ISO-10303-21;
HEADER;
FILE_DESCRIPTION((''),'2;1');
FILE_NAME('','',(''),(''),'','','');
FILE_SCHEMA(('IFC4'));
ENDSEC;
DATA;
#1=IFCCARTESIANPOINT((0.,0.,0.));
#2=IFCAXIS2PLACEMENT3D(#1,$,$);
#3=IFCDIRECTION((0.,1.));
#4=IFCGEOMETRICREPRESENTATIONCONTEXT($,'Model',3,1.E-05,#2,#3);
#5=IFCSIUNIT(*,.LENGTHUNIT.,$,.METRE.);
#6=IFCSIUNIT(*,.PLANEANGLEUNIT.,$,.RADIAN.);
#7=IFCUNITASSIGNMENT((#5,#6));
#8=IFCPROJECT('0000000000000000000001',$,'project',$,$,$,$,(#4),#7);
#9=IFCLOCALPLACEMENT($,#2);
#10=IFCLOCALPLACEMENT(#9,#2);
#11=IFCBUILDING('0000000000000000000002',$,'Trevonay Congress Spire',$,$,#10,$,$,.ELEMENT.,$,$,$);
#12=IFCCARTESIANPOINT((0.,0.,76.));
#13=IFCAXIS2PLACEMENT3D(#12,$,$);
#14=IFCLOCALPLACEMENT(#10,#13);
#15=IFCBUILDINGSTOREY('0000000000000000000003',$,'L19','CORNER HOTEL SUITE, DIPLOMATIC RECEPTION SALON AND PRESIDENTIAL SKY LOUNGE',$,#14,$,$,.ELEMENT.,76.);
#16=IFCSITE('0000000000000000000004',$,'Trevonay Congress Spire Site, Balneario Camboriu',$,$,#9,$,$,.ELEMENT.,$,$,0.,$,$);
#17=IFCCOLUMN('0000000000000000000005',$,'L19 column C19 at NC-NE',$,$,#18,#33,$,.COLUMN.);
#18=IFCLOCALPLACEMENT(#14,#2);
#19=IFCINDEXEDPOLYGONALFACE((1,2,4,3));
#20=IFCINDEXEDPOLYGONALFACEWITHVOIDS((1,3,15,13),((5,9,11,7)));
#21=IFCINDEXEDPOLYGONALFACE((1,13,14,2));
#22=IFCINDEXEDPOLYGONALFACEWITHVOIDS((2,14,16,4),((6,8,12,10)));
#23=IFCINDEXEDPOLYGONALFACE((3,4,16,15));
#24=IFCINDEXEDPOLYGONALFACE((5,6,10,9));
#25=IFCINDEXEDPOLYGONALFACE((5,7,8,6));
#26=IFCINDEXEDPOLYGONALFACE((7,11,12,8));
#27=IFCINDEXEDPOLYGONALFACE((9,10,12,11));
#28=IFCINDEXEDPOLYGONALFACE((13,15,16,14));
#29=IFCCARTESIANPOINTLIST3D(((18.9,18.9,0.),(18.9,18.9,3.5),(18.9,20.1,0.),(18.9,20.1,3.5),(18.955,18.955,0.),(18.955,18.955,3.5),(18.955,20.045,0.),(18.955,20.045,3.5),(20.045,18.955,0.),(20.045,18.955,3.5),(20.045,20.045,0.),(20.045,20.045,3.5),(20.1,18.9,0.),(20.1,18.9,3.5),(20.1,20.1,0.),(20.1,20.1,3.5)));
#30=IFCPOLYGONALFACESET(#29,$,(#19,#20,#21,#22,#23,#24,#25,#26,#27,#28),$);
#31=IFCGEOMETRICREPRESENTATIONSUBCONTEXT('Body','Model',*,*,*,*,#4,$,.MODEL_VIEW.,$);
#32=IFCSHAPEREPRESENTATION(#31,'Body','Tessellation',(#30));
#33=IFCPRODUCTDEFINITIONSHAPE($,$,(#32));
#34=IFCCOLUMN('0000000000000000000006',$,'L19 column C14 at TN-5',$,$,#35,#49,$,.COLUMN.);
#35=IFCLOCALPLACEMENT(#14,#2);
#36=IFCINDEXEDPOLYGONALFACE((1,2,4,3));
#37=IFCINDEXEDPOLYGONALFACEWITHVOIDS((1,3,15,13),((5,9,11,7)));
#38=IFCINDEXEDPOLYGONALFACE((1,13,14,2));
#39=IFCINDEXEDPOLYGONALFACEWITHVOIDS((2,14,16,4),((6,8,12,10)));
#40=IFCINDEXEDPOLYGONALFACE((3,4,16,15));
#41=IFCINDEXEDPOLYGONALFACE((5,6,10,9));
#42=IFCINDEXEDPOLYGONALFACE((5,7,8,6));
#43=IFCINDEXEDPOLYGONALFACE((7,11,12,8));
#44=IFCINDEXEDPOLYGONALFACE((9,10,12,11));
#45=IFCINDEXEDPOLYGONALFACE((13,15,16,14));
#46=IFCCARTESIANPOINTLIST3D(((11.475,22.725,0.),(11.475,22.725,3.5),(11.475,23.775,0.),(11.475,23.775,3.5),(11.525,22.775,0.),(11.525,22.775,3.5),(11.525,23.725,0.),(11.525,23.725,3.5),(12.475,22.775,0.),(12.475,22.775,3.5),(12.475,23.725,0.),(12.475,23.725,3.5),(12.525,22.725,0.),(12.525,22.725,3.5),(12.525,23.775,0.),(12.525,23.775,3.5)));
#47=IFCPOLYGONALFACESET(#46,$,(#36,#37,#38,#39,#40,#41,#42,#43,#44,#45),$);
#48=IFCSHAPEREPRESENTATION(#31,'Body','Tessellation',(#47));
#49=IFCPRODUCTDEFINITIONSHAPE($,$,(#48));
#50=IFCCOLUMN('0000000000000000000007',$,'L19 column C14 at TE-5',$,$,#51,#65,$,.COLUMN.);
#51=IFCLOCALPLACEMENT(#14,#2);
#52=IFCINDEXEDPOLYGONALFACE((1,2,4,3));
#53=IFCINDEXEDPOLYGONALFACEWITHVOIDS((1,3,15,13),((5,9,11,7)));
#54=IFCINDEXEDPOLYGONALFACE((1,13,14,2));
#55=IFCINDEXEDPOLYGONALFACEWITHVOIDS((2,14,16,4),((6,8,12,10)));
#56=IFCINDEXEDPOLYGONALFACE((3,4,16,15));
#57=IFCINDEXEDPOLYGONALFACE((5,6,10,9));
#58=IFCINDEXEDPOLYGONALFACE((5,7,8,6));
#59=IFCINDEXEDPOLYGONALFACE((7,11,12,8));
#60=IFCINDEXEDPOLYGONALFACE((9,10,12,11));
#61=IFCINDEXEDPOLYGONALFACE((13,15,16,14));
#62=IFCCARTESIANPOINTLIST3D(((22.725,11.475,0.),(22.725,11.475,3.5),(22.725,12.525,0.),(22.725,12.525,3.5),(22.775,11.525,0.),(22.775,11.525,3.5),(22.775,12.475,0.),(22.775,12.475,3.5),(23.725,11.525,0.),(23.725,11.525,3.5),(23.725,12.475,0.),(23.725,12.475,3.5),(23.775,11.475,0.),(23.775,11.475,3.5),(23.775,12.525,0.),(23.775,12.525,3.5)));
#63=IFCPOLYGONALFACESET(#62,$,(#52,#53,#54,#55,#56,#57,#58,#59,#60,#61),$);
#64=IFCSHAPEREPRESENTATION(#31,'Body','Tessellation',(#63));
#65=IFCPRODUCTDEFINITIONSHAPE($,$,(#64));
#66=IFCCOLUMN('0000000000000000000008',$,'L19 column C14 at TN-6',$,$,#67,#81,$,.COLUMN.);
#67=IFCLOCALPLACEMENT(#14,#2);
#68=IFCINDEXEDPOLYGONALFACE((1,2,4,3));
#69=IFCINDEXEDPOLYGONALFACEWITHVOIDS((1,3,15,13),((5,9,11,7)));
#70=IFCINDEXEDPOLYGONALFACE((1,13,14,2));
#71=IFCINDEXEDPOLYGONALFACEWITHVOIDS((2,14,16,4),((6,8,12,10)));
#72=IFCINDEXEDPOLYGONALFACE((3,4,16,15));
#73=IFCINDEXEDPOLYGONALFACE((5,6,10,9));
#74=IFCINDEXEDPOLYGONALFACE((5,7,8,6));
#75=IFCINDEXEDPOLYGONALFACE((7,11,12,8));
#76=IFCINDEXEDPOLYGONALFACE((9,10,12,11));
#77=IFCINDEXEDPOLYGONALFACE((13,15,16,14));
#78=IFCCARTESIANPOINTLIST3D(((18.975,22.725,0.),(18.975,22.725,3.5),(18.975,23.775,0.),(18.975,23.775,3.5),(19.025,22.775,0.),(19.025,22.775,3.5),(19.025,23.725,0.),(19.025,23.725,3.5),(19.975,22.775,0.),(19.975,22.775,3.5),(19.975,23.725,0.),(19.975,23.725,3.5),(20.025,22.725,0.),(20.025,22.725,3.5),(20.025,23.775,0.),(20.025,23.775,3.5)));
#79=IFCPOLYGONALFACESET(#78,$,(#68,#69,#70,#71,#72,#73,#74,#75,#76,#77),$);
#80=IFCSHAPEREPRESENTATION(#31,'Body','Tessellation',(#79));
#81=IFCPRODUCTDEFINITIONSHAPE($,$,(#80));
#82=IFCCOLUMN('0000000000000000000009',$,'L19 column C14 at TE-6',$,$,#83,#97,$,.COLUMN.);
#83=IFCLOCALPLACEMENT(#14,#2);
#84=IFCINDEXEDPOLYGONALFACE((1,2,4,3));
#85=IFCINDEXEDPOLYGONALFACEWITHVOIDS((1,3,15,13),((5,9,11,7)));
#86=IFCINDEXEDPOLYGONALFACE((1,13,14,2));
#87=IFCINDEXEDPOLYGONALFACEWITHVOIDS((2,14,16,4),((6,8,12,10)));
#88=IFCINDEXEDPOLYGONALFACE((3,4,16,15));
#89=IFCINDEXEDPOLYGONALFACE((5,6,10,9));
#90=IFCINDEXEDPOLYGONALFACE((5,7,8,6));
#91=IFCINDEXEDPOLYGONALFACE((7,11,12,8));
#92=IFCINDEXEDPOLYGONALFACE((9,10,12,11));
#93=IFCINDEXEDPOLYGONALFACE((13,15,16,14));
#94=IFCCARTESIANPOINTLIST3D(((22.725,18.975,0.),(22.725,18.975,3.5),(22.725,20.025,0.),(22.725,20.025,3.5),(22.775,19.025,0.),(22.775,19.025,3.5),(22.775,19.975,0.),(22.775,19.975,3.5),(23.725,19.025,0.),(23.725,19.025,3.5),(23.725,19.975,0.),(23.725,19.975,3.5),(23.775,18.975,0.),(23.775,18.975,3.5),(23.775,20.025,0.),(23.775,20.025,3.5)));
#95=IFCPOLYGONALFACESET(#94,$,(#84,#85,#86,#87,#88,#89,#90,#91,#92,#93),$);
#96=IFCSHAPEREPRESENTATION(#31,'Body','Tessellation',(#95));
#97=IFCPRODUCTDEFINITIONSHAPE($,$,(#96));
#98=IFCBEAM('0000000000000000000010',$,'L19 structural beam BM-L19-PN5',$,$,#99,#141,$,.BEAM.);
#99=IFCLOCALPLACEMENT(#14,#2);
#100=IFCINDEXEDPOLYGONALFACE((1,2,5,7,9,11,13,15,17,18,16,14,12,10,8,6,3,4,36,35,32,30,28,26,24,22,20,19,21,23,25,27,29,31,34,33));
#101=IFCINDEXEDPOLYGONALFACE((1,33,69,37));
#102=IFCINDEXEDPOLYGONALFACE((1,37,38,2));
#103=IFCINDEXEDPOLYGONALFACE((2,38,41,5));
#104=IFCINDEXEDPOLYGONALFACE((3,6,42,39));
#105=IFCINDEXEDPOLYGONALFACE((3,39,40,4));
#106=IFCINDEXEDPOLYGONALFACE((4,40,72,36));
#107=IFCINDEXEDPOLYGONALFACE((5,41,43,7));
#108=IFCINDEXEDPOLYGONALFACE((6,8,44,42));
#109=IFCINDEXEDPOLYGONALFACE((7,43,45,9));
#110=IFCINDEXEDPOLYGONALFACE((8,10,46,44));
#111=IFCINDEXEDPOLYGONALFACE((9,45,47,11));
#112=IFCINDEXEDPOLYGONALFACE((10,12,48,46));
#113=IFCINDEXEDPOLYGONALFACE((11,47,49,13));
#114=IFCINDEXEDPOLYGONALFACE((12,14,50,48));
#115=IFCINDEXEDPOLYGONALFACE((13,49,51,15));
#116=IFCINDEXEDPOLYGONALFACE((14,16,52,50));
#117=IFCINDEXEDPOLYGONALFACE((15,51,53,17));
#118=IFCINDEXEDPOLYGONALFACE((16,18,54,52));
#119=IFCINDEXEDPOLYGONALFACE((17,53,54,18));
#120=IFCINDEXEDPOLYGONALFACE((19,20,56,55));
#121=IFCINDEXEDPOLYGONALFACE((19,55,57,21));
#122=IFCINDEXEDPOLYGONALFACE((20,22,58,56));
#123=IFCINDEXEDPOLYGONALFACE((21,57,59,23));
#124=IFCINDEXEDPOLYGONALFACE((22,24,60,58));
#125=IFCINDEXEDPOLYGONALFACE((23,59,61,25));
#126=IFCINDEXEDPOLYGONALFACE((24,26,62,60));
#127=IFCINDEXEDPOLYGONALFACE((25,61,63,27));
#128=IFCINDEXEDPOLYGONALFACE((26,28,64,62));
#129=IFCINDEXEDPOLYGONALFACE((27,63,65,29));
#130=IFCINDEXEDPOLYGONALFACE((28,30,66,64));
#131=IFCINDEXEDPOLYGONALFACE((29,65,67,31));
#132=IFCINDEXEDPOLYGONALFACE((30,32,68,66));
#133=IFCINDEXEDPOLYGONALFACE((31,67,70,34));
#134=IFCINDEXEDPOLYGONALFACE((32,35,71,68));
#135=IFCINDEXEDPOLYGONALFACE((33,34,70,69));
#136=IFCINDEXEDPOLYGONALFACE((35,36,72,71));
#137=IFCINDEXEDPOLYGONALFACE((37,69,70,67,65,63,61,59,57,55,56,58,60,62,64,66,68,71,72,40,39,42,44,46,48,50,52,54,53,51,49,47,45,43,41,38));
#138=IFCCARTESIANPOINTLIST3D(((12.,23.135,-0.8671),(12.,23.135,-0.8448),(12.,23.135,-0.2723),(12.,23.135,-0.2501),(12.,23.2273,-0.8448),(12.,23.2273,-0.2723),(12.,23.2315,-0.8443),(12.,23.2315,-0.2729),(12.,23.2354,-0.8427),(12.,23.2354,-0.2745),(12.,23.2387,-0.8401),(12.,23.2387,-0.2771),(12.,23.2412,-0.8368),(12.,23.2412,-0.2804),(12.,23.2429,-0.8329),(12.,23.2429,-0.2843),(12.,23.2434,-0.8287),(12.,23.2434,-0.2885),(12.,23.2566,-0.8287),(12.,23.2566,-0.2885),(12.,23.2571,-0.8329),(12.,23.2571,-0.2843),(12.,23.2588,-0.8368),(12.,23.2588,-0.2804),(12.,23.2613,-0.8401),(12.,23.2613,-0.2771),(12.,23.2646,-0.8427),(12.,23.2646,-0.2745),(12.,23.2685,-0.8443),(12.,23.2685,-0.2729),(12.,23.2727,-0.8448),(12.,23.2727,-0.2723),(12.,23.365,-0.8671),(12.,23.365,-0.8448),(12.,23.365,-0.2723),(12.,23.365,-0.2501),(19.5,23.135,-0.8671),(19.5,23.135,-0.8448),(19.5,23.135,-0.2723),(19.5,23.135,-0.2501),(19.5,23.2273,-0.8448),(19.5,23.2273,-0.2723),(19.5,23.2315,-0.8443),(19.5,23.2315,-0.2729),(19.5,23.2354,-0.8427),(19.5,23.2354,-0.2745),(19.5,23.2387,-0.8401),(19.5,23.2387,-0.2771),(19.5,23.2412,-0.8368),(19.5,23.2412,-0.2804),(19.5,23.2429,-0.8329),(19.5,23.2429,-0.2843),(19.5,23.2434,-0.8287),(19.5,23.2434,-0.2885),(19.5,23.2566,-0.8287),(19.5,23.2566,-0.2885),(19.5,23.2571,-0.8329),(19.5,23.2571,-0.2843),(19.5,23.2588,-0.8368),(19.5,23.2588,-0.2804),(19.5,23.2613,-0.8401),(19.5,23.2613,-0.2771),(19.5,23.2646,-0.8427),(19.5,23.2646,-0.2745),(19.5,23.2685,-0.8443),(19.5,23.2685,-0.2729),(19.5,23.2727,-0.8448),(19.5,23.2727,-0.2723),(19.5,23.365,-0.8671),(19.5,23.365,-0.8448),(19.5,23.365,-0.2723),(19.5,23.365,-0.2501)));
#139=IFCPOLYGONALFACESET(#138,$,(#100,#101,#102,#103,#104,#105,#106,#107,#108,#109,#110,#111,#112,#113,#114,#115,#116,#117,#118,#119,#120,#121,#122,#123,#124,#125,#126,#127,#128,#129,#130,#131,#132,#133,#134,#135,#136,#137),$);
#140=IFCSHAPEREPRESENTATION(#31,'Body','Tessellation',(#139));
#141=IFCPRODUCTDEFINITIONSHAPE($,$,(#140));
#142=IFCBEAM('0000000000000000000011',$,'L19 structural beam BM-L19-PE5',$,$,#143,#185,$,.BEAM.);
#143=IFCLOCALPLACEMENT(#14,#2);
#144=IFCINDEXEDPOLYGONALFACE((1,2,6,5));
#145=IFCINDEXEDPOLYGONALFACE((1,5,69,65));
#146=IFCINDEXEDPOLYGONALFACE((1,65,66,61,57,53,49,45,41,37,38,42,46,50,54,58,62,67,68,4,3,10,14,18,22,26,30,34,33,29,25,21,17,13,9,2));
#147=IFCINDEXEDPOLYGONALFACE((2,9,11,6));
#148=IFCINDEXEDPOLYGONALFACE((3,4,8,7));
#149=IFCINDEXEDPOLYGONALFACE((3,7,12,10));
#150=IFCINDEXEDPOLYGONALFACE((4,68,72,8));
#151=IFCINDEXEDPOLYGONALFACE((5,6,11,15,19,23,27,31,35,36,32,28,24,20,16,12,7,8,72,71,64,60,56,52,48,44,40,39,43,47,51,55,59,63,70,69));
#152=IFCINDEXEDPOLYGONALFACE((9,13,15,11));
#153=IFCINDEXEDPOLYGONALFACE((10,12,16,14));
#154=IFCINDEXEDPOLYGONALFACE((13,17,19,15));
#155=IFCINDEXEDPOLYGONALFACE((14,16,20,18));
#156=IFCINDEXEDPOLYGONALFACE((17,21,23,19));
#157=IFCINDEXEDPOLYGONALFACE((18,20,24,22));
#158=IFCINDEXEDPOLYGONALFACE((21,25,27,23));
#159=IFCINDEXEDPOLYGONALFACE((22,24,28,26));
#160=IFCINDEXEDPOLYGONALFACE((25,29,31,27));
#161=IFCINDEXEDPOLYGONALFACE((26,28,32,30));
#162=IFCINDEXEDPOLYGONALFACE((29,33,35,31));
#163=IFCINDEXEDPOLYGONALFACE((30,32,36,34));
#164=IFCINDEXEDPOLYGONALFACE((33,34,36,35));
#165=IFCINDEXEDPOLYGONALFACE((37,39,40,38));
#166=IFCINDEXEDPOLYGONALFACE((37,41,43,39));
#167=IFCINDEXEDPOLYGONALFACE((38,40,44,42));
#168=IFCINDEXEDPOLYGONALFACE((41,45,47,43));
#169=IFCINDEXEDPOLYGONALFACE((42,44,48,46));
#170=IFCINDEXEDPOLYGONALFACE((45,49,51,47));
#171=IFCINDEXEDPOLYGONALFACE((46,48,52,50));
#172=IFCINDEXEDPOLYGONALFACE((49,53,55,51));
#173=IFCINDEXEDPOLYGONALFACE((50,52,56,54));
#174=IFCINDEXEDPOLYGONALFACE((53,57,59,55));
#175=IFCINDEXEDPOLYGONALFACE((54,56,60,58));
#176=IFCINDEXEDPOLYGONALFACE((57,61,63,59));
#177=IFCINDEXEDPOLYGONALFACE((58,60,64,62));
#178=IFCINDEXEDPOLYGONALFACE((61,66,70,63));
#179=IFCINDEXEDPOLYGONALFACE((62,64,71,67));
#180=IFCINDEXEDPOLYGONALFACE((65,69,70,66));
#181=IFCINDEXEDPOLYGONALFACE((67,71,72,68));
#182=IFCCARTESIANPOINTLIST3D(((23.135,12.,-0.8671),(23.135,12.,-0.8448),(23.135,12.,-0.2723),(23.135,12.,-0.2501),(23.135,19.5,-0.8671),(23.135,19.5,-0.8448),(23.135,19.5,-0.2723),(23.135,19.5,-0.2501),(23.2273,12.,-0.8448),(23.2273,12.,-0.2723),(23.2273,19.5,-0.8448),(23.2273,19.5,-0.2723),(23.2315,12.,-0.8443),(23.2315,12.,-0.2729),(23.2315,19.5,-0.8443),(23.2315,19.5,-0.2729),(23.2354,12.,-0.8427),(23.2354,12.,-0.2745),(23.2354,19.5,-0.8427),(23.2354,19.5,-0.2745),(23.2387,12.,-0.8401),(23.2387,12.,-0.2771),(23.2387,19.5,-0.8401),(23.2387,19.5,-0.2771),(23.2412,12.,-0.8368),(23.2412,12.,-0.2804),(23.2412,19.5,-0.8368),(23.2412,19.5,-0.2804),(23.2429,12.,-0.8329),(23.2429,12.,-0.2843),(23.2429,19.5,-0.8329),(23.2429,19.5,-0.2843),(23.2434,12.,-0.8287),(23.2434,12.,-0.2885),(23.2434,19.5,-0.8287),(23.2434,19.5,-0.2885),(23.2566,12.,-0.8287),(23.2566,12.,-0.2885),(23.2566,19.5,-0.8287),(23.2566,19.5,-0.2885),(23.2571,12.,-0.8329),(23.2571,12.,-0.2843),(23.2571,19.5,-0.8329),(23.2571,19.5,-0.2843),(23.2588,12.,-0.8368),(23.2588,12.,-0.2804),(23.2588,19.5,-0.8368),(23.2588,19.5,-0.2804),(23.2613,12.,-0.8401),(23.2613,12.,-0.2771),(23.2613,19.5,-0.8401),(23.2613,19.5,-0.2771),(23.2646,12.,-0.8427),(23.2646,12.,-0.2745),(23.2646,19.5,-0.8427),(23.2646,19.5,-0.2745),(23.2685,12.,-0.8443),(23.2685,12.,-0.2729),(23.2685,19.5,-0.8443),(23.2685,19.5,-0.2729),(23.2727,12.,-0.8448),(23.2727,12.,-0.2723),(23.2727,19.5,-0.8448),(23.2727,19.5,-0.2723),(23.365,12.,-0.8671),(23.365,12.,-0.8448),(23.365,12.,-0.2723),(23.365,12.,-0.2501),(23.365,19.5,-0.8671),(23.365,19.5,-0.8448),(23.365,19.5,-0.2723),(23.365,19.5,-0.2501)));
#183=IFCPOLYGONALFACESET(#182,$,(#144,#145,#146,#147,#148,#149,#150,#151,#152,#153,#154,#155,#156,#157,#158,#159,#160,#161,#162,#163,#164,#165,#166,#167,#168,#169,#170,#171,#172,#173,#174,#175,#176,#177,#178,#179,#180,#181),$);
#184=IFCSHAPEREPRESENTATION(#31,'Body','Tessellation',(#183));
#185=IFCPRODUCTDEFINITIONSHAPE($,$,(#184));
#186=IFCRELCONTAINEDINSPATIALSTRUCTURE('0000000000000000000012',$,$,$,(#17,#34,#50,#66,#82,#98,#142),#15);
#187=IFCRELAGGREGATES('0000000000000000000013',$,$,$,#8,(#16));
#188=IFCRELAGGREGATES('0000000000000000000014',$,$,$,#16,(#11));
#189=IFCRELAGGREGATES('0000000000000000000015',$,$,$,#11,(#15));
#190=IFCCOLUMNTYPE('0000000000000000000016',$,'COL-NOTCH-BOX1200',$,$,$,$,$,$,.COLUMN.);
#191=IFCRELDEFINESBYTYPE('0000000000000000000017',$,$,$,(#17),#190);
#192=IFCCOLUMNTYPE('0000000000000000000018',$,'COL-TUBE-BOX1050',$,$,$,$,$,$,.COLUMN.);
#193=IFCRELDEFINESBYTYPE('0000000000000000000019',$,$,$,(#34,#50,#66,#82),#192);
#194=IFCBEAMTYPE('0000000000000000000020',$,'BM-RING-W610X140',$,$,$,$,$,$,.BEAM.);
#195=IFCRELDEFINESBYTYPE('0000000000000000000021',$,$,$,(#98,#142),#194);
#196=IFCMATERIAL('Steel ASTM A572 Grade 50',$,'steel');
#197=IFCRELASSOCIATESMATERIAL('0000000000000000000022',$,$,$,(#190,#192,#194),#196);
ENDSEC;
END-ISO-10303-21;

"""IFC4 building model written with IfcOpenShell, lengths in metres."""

from ifc_helpers import new_model, si_unit, direction, frame, origin, origin_2d, place, context, subcontext, project, spatial, hollow_rectangle, i_section, extrude, material, material_profile, profile_set, type_object, element, save


model = new_model("IFC4")

# Units and contexts
model_context = context("Model", 3, precision=1e-05, world=origin(), true_north=direction((0.0, 1.0)))
body_context = subcontext(model_context, "Body", "Model", "MODEL_VIEW")
ifc_project = project(units=[si_unit("LENGTHUNIT", "METRE"), si_unit("PLANEANGLEUNIT", "RADIAN")], contexts=[model_context])

# Site, building, storey
site_placement = place(None, origin())
site = spatial("IfcSite", under=ifc_project, at=site_placement, Name="Trevonay Congress Spire Site, Balneario Camboriu", CompositionType="ELEMENT", RefElevation=0.0)
building_placement = place(site_placement, origin())
building = spatial("IfcBuilding", under=site, at=building_placement, Name="Trevonay Congress Spire", CompositionType="ELEMENT")
storey_placement = place(building_placement, frame((0.0, 0.0, 76.0)))
storey = spatial("IfcBuildingStorey", under=building, at=storey_placement, Name="L19", Description="CORNER HOTEL SUITE, DIPLOMATIC RECEPTION SALON AND PRESIDENTIAL SKY LOUNGE", CompositionType="ELEMENT", Elevation=76.0)

# Columns
ifc_material_1 = material(Name="Steel ASTM A572 Grade 50", Category="steel")
ifc_material_profile_1 = material_profile(ifc_material_1, hollow_rectangle(XDim=1.2, YDim=1.2, WallThickness=0.0549, at=origin_2d()), Name="BOX 1200x1200x55")
ifc_profile_set_1 = profile_set([ifc_material_profile_1], Name="Steel ASTM A572 Grade 50")
column_type_1 = type_object("IfcColumnType", Name="COL-NOTCH-BOX1200", PredefinedType="COLUMN", material=ifc_profile_set_1)
column_placement = place(storey_placement, frame((19.5, 19.5, 0.0), z_axis=(0.0, 0.0, 1.0), x_axis=(1.0, 0.0, 0.0)))
element("IfcColumn", 1, at=column_placement, inside=storey, type_object=column_type_1, Name="L19 column C19 at NC-NE", PredefinedType="COLUMN", context=body_context, shape_type="SweptSolid", body=[
    extrude(hollow_rectangle(XDim=1.2, YDim=1.2, WallThickness=0.0549, at=origin_2d()), origin(), (0.0, 0.0, 1.0), 3.5),
])
ifc_material_profile_2 = material_profile(ifc_material_1, hollow_rectangle(XDim=1.05, YDim=1.05, WallThickness=0.05, at=origin_2d()), Name="BOX 1050x1050x50")
ifc_profile_set_2 = profile_set([ifc_material_profile_2], Name="Steel ASTM A572 Grade 50")
column_type_2 = type_object("IfcColumnType", Name="COL-TUBE-BOX1050", PredefinedType="COLUMN", material=ifc_profile_set_2)
for number, where, z_axis, x_axis, name in (
    (2, (12.0, 23.25, 0.0), (0.0, 0.0, 1.0), (1.0, 0.0, 0.0), "L19 column C14 at TN-5"),
    (3, (23.25, 12.0, 0.0), (0.0, 0.0, 1.0), (1.0, 0.0, 0.0), "L19 column C14 at TE-5"),
    (4, (19.5, 23.25, 0.0), (0.0, 0.0, 1.0), (1.0, 0.0, 0.0), "L19 column C14 at TN-6"),
    (5, (23.25, 19.5, 0.0), (0.0, 0.0, 1.0), (1.0, 0.0, 0.0), "L19 column C14 at TE-6"),
):
    element("IfcColumn", number, at=place(storey_placement, frame(where, z_axis=z_axis, x_axis=x_axis)), inside=storey, type_object=column_type_2, Name=name, PredefinedType="COLUMN", context=body_context, shape_type="SweptSolid", body=[
        extrude(hollow_rectangle(XDim=1.05, YDim=1.05, WallThickness=0.05, at=origin_2d()), origin(), (0.0, 0.0, 1.0), 3.5),
    ])

# Beams
ifc_material_profile_3 = material_profile(ifc_material_1, i_section(OverallWidth=0.23, OverallDepth=0.6169, WebThickness=0.0132, FlangeThickness=0.0222, FilletRadius=0.0161, at=origin_2d()), Name="W610x140")
ifc_profile_set_3 = profile_set([ifc_material_profile_3], Name="Steel ASTM A572 Grade 50")
beam_type = type_object("IfcBeamType", Name="BM-RING-W610X140", PredefinedType="BEAM", material=ifc_profile_set_3)
for number, where, z_axis, x_axis, name in (
    (6, (12.0, 23.25, -0.5586), (1.0, 0.0, 0.0), (0.0, 1.0, 0.0), "L19 structural beam BM-L19-PN5"),
    (7, (23.25, 12.0, -0.5586), (0.0, 1.0, 0.0), (-1.0, 0.0, 0.0), "L19 structural beam BM-L19-PE5"),
):
    element("IfcBeam", number, at=place(storey_placement, frame(where, z_axis=z_axis, x_axis=x_axis)), inside=storey, type_object=beam_type, Name=name, PredefinedType="BEAM", context=body_context, shape_type="SweptSolid", body=[
        extrude(i_section(OverallWidth=0.23, OverallDepth=0.6169, WebThickness=0.0132, FlangeThickness=0.0222, FilletRadius=0.0161, at=origin_2d()), origin(), (0.0, 0.0, 1.0), 7.5),
    ])

save(model, "model.ifc")
